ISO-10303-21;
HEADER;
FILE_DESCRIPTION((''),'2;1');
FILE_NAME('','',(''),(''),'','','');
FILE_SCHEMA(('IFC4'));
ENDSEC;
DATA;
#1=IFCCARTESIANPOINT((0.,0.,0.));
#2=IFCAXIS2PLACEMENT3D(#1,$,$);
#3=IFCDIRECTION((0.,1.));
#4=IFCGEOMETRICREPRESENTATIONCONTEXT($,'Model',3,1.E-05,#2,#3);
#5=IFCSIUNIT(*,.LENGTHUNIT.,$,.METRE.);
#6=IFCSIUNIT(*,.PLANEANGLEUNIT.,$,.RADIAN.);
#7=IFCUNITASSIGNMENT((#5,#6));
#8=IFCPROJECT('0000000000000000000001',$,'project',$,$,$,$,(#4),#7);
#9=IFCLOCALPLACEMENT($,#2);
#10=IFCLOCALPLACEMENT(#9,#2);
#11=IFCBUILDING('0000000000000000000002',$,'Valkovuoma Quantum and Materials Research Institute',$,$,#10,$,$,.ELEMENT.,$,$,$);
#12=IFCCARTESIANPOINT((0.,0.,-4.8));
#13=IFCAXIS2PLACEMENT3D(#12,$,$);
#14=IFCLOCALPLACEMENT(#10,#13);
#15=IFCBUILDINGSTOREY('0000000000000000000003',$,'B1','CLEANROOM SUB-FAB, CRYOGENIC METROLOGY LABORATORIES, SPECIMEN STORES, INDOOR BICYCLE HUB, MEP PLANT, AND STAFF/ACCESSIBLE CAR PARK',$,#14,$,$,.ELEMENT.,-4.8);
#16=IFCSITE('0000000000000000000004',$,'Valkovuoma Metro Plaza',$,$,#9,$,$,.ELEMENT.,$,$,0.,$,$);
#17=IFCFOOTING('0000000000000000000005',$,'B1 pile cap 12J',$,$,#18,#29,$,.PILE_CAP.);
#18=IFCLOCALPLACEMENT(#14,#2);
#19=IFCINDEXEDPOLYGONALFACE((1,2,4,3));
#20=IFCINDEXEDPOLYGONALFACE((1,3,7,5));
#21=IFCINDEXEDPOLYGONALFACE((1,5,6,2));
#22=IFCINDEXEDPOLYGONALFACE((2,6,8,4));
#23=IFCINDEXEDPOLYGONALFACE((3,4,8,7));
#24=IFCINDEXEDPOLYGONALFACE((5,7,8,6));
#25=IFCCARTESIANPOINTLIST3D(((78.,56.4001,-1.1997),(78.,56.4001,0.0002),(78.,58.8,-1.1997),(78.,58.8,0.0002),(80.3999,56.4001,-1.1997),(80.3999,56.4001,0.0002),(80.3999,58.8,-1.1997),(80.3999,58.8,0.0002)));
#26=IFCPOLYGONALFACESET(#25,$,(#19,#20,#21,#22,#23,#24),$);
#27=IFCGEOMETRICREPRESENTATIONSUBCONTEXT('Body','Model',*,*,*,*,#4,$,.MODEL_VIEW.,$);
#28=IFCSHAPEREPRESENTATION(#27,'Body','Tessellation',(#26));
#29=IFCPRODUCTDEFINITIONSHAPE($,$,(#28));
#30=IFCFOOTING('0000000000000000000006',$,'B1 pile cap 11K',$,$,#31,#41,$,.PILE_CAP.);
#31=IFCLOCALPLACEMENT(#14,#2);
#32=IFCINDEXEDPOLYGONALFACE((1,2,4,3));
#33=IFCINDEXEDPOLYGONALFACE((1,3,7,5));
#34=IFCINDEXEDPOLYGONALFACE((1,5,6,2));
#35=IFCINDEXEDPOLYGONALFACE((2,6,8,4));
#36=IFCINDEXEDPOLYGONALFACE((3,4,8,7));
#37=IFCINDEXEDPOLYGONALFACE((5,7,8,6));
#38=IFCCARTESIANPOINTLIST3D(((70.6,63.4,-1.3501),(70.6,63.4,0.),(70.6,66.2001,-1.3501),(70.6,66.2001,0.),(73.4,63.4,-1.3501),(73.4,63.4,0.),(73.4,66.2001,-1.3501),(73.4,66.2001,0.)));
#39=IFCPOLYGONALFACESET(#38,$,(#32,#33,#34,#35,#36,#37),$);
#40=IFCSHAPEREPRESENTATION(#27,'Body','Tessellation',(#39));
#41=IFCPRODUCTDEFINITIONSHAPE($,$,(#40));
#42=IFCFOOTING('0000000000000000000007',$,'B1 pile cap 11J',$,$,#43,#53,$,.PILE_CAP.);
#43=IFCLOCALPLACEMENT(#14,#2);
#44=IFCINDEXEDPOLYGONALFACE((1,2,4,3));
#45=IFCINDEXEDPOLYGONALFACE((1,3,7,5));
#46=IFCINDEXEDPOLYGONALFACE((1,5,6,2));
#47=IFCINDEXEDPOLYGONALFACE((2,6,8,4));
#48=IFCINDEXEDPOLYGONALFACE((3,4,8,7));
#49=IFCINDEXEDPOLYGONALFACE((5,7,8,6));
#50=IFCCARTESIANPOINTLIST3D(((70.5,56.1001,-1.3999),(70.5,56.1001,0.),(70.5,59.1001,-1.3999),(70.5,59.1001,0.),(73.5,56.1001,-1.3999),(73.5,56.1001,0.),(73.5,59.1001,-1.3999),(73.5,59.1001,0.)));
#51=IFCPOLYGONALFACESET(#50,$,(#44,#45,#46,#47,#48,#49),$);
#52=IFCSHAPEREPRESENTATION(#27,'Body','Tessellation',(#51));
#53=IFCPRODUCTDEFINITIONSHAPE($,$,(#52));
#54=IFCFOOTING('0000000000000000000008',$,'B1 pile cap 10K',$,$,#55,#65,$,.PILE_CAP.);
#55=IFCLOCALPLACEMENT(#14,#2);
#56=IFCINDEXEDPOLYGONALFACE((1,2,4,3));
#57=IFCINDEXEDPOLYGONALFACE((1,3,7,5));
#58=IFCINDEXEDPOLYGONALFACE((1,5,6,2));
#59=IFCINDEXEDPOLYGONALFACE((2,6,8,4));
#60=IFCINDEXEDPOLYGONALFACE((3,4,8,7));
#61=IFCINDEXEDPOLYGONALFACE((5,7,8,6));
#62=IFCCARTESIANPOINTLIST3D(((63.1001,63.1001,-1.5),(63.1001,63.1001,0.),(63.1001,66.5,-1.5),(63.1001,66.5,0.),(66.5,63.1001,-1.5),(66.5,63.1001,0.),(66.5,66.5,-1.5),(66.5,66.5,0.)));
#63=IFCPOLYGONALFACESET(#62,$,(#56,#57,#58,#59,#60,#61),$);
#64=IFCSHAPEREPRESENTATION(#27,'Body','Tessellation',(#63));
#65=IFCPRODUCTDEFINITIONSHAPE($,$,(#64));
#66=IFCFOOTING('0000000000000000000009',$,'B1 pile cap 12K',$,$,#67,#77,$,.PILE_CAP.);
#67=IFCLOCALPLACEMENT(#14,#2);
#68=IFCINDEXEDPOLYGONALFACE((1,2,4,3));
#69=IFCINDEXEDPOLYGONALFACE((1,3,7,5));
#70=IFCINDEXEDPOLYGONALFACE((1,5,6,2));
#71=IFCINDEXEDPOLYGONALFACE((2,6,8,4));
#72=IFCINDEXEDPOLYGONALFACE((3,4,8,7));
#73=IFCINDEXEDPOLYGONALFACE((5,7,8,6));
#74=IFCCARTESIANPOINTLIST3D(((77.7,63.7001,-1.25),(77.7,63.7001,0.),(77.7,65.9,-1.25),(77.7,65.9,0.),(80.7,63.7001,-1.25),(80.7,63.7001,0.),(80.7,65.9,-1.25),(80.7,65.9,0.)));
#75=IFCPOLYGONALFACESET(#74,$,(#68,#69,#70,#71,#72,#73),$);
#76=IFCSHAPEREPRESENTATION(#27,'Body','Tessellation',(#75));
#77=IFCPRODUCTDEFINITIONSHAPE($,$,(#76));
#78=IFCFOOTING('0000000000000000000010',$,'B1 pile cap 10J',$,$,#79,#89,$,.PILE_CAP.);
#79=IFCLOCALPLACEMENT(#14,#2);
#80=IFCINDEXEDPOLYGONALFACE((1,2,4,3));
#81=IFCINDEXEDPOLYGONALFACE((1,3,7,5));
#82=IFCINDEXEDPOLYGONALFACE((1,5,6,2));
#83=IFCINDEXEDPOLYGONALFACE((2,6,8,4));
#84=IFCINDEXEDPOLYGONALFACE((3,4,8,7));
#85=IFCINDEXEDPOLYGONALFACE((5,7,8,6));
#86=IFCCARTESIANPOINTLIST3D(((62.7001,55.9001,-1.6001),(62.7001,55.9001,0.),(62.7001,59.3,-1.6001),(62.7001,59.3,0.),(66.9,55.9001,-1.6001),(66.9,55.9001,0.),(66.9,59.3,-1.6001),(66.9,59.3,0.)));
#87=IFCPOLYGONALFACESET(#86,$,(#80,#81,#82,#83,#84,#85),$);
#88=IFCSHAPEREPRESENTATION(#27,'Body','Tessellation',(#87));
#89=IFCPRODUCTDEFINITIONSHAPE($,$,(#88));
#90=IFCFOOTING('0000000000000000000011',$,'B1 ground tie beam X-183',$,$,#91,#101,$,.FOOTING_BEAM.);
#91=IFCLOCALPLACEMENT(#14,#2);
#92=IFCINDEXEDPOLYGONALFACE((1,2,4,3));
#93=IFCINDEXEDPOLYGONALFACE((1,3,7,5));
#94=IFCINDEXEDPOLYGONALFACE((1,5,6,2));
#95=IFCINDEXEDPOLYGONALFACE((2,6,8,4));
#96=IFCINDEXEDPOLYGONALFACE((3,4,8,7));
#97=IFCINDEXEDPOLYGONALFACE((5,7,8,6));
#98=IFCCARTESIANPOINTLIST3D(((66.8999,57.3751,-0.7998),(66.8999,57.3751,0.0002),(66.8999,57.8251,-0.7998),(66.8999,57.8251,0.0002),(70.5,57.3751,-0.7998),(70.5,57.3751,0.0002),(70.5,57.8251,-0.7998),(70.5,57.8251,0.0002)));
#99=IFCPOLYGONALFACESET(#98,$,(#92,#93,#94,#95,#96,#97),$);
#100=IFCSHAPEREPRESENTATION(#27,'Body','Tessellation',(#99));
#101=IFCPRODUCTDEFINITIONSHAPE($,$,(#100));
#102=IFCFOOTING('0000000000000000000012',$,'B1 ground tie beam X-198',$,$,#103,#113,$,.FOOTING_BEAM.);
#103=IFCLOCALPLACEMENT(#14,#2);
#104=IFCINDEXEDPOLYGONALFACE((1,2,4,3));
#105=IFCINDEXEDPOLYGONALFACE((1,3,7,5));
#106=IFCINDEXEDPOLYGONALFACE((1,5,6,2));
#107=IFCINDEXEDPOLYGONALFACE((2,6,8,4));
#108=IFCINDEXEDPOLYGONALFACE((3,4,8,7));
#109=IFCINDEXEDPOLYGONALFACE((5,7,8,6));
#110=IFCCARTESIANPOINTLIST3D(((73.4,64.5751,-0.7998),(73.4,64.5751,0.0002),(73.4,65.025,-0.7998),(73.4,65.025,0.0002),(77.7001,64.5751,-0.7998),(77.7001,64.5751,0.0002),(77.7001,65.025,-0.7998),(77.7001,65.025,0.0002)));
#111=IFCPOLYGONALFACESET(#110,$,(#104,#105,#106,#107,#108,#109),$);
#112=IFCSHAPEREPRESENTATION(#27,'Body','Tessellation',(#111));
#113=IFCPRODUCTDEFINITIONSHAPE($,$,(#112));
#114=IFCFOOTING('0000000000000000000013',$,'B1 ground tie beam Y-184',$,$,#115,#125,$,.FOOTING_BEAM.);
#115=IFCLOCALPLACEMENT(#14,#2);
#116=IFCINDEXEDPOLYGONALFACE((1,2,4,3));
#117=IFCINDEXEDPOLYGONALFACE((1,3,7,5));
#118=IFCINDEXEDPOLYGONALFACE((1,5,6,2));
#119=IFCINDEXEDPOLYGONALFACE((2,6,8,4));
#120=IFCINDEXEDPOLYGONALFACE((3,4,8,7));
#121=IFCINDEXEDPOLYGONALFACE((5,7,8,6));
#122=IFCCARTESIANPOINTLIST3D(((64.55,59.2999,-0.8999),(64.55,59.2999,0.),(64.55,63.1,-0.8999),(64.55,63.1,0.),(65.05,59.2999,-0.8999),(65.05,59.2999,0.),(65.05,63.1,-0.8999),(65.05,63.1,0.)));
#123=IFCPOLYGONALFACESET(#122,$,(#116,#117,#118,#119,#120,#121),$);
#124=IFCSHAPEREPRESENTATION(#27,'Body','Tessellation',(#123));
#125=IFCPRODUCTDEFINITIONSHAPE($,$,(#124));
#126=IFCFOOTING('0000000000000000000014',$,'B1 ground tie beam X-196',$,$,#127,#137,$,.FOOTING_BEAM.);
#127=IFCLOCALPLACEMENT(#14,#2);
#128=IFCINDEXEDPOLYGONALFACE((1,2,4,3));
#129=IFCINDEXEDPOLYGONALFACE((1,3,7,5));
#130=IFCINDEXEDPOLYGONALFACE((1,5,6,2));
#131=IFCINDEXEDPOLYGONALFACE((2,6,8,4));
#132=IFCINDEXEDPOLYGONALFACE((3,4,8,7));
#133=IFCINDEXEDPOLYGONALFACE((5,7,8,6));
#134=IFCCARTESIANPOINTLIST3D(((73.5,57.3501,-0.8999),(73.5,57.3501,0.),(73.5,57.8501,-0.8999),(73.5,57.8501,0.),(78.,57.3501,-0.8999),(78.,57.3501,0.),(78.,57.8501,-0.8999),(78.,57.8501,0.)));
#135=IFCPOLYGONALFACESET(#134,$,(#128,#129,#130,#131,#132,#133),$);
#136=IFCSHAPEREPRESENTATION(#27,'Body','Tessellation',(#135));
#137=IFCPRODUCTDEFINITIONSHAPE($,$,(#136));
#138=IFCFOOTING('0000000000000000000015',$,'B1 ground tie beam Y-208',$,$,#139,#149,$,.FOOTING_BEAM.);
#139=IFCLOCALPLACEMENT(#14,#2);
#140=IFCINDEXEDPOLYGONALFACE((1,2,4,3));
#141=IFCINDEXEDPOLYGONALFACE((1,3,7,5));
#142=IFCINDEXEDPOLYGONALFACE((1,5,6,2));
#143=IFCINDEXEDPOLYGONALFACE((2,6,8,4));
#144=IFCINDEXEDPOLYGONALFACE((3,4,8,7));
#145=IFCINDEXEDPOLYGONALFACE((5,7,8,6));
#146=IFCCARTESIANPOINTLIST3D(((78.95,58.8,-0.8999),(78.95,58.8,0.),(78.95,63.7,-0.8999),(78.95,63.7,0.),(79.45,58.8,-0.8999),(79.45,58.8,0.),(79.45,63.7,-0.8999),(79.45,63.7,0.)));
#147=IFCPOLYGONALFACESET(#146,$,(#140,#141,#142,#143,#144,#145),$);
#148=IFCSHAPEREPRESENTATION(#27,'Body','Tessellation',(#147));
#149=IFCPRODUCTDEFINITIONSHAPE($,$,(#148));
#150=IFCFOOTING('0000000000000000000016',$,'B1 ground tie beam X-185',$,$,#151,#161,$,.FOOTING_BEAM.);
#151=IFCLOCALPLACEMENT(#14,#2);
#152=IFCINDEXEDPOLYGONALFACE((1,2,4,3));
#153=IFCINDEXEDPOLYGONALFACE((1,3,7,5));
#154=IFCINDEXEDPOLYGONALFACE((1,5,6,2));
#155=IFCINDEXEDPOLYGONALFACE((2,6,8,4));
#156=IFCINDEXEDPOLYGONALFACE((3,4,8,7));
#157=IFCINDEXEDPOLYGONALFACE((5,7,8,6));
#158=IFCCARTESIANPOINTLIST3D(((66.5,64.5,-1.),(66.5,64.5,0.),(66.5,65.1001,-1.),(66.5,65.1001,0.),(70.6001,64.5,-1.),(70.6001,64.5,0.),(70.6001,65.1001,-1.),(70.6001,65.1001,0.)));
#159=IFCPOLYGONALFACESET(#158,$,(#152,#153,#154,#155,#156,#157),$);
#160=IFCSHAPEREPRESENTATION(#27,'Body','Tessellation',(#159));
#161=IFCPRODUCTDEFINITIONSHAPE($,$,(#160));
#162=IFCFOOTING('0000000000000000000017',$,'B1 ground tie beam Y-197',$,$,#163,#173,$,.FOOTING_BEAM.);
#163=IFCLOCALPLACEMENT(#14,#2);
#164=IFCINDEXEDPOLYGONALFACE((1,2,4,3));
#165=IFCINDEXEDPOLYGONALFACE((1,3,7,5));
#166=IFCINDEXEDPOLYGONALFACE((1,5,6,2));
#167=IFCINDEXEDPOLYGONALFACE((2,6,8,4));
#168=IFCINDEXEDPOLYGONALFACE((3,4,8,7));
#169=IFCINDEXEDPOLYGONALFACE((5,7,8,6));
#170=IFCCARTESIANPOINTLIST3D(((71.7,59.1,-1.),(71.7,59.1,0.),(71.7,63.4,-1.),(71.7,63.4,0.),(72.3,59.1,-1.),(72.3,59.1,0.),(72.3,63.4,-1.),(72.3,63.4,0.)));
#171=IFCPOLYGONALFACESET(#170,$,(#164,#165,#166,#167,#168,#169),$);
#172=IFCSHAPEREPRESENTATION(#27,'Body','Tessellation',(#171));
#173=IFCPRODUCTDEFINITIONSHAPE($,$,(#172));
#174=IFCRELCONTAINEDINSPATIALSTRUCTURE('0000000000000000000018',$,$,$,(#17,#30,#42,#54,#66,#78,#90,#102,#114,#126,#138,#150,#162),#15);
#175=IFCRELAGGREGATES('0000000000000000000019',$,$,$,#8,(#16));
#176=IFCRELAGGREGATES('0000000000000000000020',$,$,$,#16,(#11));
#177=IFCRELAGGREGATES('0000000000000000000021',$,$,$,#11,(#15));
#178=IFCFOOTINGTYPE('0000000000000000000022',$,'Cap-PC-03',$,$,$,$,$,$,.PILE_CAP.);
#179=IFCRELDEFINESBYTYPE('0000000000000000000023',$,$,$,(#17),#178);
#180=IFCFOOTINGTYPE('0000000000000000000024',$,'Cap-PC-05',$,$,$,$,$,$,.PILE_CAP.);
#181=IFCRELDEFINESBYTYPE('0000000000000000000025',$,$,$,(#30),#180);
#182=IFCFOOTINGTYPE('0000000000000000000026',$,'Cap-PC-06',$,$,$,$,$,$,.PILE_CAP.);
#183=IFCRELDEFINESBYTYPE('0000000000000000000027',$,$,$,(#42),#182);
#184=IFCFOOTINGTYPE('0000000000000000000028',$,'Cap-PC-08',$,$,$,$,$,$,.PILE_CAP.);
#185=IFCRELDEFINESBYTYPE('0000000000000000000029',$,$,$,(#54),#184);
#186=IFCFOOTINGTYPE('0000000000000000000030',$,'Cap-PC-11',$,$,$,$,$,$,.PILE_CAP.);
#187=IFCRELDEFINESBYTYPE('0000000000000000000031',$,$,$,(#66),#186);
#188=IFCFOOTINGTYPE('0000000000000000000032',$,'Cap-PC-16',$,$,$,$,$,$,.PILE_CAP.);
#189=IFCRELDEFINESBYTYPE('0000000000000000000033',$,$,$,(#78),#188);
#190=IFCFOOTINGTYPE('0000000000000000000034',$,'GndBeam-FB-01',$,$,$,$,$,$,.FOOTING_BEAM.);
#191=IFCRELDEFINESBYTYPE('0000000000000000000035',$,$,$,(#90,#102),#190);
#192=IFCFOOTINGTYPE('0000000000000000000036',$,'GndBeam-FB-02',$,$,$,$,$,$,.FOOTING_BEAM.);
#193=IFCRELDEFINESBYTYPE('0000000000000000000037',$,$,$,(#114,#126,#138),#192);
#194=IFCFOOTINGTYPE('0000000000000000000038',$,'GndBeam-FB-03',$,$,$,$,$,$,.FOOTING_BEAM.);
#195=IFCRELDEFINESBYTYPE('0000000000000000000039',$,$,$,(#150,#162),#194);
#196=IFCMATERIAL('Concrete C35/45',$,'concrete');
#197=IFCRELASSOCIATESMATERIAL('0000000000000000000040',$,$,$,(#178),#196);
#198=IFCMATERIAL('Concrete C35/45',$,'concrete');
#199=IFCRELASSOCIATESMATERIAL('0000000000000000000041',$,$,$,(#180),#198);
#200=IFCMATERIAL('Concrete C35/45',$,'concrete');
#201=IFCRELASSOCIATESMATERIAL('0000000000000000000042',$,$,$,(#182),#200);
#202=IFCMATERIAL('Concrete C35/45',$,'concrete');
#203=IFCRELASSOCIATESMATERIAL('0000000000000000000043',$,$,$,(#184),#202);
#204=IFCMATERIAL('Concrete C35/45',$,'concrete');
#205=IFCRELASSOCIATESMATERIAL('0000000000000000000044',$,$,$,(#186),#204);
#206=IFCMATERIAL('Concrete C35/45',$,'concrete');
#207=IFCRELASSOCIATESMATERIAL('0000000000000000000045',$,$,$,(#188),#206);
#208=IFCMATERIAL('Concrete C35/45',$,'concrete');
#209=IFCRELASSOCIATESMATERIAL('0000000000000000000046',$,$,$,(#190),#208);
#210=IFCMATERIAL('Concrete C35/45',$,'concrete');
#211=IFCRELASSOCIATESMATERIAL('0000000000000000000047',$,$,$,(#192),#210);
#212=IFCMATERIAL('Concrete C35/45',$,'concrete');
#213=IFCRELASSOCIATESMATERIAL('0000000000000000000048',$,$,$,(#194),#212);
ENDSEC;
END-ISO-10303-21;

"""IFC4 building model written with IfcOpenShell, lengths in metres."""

from ifc_helpers import new_model, si_unit, direction, frame, origin, origin_2d, place, context, subcontext, project, spatial, rectangle, extrude, material, type_object, element, save


model = new_model("IFC4")

# Units and contexts
model_context = context("Model", 3, precision=1e-05, world=origin(), true_north=direction((0.0, 1.0)))
body_context = subcontext(model_context, "Body", "Model", "MODEL_VIEW")
ifc_project = project(units=[si_unit("LENGTHUNIT", "METRE"), si_unit("PLANEANGLEUNIT", "RADIAN")], contexts=[model_context])

# Site, building, storey
site_placement = place(None, origin())
site = spatial("IfcSite", under=ifc_project, at=site_placement, Name="Valkovuoma Metro Plaza", CompositionType="ELEMENT", RefElevation=0.0)
building_placement = place(site_placement, origin())
building = spatial("IfcBuilding", under=site, at=building_placement, Name="Valkovuoma Quantum and Materials Research Institute", CompositionType="ELEMENT")
storey_placement = place(building_placement, frame((0.0, 0.0, -4.8)))
storey = spatial("IfcBuildingStorey", under=building, at=storey_placement, Name="B1", Description="CLEANROOM SUB-FAB, CRYOGENIC METROLOGY LABORATORIES, SPECIMEN STORES, INDOOR BICYCLE HUB, MEP PLANT, AND STAFF/ACCESSIBLE CAR PARK", CompositionType="ELEMENT", Elevation=-4.8)

# Footings
ifc_material_1 = material(Name="Concrete C35/45", Category="concrete")
footing_type_1 = type_object("IfcFootingType", Name="Cap-PC-03", PredefinedType="PILE_CAP", material=ifc_material_1)
footing_1_placement = place(storey_placement, frame((79.2, 57.6001, -1.1997), z_axis=(0.0, 0.0, 1.0), x_axis=(1.0, 0.0, 0.0)))
element("IfcFooting", 1, at=footing_1_placement, inside=storey, type_object=footing_type_1, Name="B1 pile cap 12J", PredefinedType="PILE_CAP", context=body_context, shape_type="SweptSolid", body=[
    extrude(rectangle(XDim=2.3999, YDim=2.3999, at=origin_2d()), origin(), (0.0, 0.0, 1.0), 1.2),
])
ifc_material_2 = material(Name="Concrete C35/45", Category="concrete")
footing_type_2 = type_object("IfcFootingType", Name="Cap-PC-05", PredefinedType="PILE_CAP", material=ifc_material_2)
footing_2_placement = place(storey_placement, frame((72.0, 64.8, -1.3501), z_axis=(0.0, 0.0, 1.0), x_axis=(1.0, 0.0, 0.0)))
element("IfcFooting", 2, at=footing_2_placement, inside=storey, type_object=footing_type_2, Name="B1 pile cap 11K", PredefinedType="PILE_CAP", context=body_context, shape_type="SweptSolid", body=[
    extrude(rectangle(XDim=2.8, YDim=2.8, at=origin_2d()), origin(), (0.0, 0.0, 1.0), 1.3501),
])
ifc_material_3 = material(Name="Concrete C35/45", Category="concrete")
footing_type_3 = type_object("IfcFootingType", Name="Cap-PC-06", PredefinedType="PILE_CAP", material=ifc_material_3)
footing_3_placement = place(storey_placement, frame((72.0, 57.6001, -1.3999), z_axis=(0.0, 0.0, 1.0), x_axis=(1.0, 0.0, 0.0)))
element("IfcFooting", 3, at=footing_3_placement, inside=storey, type_object=footing_type_3, Name="B1 pile cap 11J", PredefinedType="PILE_CAP", context=body_context, shape_type="SweptSolid", body=[
    extrude(rectangle(XDim=3.0, YDim=3.0, at=origin_2d()), origin(), (0.0, 0.0, 1.0), 1.3999),
])
ifc_material_4 = material(Name="Concrete C35/45", Category="concrete")
footing_type_4 = type_object("IfcFootingType", Name="Cap-PC-08", PredefinedType="PILE_CAP", material=ifc_material_4)
footing_4_placement = place(storey_placement, frame((64.8, 64.8, -1.5), z_axis=(0.0, 0.0, 1.0), x_axis=(1.0, 0.0, 0.0)))
element("IfcFooting", 4, at=footing_4_placement, inside=storey, type_object=footing_type_4, Name="B1 pile cap 10K", PredefinedType="PILE_CAP", context=body_context, shape_type="SweptSolid", body=[
    extrude(rectangle(XDim=3.3999, YDim=3.3999, at=origin_2d()), origin(), (0.0, 0.0, 1.0), 1.5),
])
ifc_material_5 = material(Name="Concrete C35/45", Category="concrete")
footing_type_5 = type_object("IfcFootingType", Name="Cap-PC-11", PredefinedType="PILE_CAP", material=ifc_material_5)
footing_5_placement = place(storey_placement, frame((79.2, 64.8, -1.25), z_axis=(0.0, 0.0, 1.0), x_axis=(1.0, 0.0, 0.0)))
element("IfcFooting", 5, at=footing_5_placement, inside=storey, type_object=footing_type_5, Name="B1 pile cap 12K", PredefinedType="PILE_CAP", context=body_context, shape_type="SweptSolid", body=[
    extrude(rectangle(XDim=3.0, YDim=2.2, at=origin_2d()), origin(), (0.0, 0.0, 1.0), 1.25),
])
ifc_material_6 = material(Name="Concrete C35/45", Category="concrete")
footing_type_6 = type_object("IfcFootingType", Name="Cap-PC-16", PredefinedType="PILE_CAP", material=ifc_material_6)
footing_6_placement = place(storey_placement, frame((64.8, 57.6001, -1.6001), z_axis=(0.0, 0.0, 1.0), x_axis=(1.0, 0.0, 0.0)))
element("IfcFooting", 6, at=footing_6_placement, inside=storey, type_object=footing_type_6, Name="B1 pile cap 10J", PredefinedType="PILE_CAP", context=body_context, shape_type="SweptSolid", body=[
    extrude(rectangle(XDim=4.2, YDim=3.3999, at=origin_2d()), origin(), (0.0, 0.0, 1.0), 1.6001),
])
ifc_material_7 = material(Name="Concrete C35/45", Category="concrete")
footing_type_7 = type_object("IfcFootingType", Name="GndBeam-FB-01", PredefinedType="FOOTING_BEAM", material=ifc_material_7)
footing_7_placement = place(storey_placement, frame((68.7, 57.6001, -0.7998), z_axis=(0.0, 0.0, 1.0), x_axis=(1.0, 0.0, 0.0)))
element("IfcFooting", 7, at=footing_7_placement, inside=storey, type_object=footing_type_7, Name="B1 ground tie beam X-183", PredefinedType="FOOTING_BEAM", context=body_context, shape_type="SweptSolid", body=[
    extrude(rectangle(XDim=3.6001, YDim=0.45, at=origin_2d()), origin(), (0.0, 0.0, 1.0), 0.8),
])
footing_8_placement = place(storey_placement, frame((75.55, 64.8, -0.7998), z_axis=(0.0, 0.0, 1.0), x_axis=(1.0, 0.0, 0.0)))
element("IfcFooting", 8, at=footing_8_placement, inside=storey, type_object=footing_type_7, Name="B1 ground tie beam X-198", PredefinedType="FOOTING_BEAM", context=body_context, shape_type="SweptSolid", body=[
    extrude(rectangle(XDim=4.3, YDim=0.45, at=origin_2d()), origin(), (0.0, 0.0, 1.0), 0.8),
])
ifc_material_8 = material(Name="Concrete C35/45", Category="concrete")
footing_type_8 = type_object("IfcFootingType", Name="GndBeam-FB-02", PredefinedType="FOOTING_BEAM", material=ifc_material_8)
footing_9_placement = place(storey_placement, frame((64.8, 61.2, -0.8999), z_axis=(0.0, 0.0, 1.0), x_axis=(0.0, 1.0, 0.0)))
element("IfcFooting", 9, at=footing_9_placement, inside=storey, type_object=footing_type_8, Name="B1 ground tie beam Y-184", PredefinedType="FOOTING_BEAM", context=body_context, shape_type="SweptSolid", body=[
    extrude(rectangle(XDim=3.8, YDim=0.5, at=origin_2d()), origin(), (0.0, 0.0, 1.0), 0.8999),
])
footing_10_placement = place(storey_placement, frame((75.75, 57.6001, -0.8999), z_axis=(0.0, 0.0, 1.0), x_axis=(1.0, 0.0, 0.0)))
element("IfcFooting", 10, at=footing_10_placement, inside=storey, type_object=footing_type_8, Name="B1 ground tie beam X-196", PredefinedType="FOOTING_BEAM", context=body_context, shape_type="SweptSolid", body=[
    extrude(rectangle(XDim=4.5, YDim=0.5, at=origin_2d()), origin(), (0.0, 0.0, 1.0), 0.8999),
])
footing_11_placement = place(storey_placement, frame((79.2, 61.25, -0.8999), z_axis=(0.0, 0.0, 1.0), x_axis=(0.0, 1.0, 0.0)))
element("IfcFooting", 11, at=footing_11_placement, inside=storey, type_object=footing_type_8, Name="B1 ground tie beam Y-208", PredefinedType="FOOTING_BEAM", context=body_context, shape_type="SweptSolid", body=[
    extrude(rectangle(XDim=4.8999, YDim=0.5, at=origin_2d()), origin(), (0.0, 0.0, 1.0), 0.8999),
])
ifc_material_9 = material(Name="Concrete C35/45", Category="concrete")
footing_type_9 = type_object("IfcFootingType", Name="GndBeam-FB-03", PredefinedType="FOOTING_BEAM", material=ifc_material_9)
footing_12_placement = place(storey_placement, frame((68.55, 64.8, -1.0), z_axis=(0.0, 0.0, 1.0), x_axis=(1.0, 0.0, 0.0)))
element("IfcFooting", 12, at=footing_12_placement, inside=storey, type_object=footing_type_9, Name="B1 ground tie beam X-185", PredefinedType="FOOTING_BEAM", context=body_context, shape_type="SweptSolid", body=[
    extrude(rectangle(XDim=4.1001, YDim=0.6001, at=origin_2d()), origin(), (0.0, 0.0, 1.0), 1.0),
])
footing_13_placement = place(storey_placement, frame((72.0, 61.25, -1.0), z_axis=(0.0, 0.0, 1.0), x_axis=(0.0, 1.0, 0.0)))
element("IfcFooting", 13, at=footing_13_placement, inside=storey, type_object=footing_type_9, Name="B1 ground tie beam Y-197", PredefinedType="FOOTING_BEAM", context=body_context, shape_type="SweptSolid", body=[
    extrude(rectangle(XDim=4.3, YDim=0.6001, at=origin_2d()), origin(), (0.0, 0.0, 1.0), 1.0),
])

save(model, "model.ifc")
